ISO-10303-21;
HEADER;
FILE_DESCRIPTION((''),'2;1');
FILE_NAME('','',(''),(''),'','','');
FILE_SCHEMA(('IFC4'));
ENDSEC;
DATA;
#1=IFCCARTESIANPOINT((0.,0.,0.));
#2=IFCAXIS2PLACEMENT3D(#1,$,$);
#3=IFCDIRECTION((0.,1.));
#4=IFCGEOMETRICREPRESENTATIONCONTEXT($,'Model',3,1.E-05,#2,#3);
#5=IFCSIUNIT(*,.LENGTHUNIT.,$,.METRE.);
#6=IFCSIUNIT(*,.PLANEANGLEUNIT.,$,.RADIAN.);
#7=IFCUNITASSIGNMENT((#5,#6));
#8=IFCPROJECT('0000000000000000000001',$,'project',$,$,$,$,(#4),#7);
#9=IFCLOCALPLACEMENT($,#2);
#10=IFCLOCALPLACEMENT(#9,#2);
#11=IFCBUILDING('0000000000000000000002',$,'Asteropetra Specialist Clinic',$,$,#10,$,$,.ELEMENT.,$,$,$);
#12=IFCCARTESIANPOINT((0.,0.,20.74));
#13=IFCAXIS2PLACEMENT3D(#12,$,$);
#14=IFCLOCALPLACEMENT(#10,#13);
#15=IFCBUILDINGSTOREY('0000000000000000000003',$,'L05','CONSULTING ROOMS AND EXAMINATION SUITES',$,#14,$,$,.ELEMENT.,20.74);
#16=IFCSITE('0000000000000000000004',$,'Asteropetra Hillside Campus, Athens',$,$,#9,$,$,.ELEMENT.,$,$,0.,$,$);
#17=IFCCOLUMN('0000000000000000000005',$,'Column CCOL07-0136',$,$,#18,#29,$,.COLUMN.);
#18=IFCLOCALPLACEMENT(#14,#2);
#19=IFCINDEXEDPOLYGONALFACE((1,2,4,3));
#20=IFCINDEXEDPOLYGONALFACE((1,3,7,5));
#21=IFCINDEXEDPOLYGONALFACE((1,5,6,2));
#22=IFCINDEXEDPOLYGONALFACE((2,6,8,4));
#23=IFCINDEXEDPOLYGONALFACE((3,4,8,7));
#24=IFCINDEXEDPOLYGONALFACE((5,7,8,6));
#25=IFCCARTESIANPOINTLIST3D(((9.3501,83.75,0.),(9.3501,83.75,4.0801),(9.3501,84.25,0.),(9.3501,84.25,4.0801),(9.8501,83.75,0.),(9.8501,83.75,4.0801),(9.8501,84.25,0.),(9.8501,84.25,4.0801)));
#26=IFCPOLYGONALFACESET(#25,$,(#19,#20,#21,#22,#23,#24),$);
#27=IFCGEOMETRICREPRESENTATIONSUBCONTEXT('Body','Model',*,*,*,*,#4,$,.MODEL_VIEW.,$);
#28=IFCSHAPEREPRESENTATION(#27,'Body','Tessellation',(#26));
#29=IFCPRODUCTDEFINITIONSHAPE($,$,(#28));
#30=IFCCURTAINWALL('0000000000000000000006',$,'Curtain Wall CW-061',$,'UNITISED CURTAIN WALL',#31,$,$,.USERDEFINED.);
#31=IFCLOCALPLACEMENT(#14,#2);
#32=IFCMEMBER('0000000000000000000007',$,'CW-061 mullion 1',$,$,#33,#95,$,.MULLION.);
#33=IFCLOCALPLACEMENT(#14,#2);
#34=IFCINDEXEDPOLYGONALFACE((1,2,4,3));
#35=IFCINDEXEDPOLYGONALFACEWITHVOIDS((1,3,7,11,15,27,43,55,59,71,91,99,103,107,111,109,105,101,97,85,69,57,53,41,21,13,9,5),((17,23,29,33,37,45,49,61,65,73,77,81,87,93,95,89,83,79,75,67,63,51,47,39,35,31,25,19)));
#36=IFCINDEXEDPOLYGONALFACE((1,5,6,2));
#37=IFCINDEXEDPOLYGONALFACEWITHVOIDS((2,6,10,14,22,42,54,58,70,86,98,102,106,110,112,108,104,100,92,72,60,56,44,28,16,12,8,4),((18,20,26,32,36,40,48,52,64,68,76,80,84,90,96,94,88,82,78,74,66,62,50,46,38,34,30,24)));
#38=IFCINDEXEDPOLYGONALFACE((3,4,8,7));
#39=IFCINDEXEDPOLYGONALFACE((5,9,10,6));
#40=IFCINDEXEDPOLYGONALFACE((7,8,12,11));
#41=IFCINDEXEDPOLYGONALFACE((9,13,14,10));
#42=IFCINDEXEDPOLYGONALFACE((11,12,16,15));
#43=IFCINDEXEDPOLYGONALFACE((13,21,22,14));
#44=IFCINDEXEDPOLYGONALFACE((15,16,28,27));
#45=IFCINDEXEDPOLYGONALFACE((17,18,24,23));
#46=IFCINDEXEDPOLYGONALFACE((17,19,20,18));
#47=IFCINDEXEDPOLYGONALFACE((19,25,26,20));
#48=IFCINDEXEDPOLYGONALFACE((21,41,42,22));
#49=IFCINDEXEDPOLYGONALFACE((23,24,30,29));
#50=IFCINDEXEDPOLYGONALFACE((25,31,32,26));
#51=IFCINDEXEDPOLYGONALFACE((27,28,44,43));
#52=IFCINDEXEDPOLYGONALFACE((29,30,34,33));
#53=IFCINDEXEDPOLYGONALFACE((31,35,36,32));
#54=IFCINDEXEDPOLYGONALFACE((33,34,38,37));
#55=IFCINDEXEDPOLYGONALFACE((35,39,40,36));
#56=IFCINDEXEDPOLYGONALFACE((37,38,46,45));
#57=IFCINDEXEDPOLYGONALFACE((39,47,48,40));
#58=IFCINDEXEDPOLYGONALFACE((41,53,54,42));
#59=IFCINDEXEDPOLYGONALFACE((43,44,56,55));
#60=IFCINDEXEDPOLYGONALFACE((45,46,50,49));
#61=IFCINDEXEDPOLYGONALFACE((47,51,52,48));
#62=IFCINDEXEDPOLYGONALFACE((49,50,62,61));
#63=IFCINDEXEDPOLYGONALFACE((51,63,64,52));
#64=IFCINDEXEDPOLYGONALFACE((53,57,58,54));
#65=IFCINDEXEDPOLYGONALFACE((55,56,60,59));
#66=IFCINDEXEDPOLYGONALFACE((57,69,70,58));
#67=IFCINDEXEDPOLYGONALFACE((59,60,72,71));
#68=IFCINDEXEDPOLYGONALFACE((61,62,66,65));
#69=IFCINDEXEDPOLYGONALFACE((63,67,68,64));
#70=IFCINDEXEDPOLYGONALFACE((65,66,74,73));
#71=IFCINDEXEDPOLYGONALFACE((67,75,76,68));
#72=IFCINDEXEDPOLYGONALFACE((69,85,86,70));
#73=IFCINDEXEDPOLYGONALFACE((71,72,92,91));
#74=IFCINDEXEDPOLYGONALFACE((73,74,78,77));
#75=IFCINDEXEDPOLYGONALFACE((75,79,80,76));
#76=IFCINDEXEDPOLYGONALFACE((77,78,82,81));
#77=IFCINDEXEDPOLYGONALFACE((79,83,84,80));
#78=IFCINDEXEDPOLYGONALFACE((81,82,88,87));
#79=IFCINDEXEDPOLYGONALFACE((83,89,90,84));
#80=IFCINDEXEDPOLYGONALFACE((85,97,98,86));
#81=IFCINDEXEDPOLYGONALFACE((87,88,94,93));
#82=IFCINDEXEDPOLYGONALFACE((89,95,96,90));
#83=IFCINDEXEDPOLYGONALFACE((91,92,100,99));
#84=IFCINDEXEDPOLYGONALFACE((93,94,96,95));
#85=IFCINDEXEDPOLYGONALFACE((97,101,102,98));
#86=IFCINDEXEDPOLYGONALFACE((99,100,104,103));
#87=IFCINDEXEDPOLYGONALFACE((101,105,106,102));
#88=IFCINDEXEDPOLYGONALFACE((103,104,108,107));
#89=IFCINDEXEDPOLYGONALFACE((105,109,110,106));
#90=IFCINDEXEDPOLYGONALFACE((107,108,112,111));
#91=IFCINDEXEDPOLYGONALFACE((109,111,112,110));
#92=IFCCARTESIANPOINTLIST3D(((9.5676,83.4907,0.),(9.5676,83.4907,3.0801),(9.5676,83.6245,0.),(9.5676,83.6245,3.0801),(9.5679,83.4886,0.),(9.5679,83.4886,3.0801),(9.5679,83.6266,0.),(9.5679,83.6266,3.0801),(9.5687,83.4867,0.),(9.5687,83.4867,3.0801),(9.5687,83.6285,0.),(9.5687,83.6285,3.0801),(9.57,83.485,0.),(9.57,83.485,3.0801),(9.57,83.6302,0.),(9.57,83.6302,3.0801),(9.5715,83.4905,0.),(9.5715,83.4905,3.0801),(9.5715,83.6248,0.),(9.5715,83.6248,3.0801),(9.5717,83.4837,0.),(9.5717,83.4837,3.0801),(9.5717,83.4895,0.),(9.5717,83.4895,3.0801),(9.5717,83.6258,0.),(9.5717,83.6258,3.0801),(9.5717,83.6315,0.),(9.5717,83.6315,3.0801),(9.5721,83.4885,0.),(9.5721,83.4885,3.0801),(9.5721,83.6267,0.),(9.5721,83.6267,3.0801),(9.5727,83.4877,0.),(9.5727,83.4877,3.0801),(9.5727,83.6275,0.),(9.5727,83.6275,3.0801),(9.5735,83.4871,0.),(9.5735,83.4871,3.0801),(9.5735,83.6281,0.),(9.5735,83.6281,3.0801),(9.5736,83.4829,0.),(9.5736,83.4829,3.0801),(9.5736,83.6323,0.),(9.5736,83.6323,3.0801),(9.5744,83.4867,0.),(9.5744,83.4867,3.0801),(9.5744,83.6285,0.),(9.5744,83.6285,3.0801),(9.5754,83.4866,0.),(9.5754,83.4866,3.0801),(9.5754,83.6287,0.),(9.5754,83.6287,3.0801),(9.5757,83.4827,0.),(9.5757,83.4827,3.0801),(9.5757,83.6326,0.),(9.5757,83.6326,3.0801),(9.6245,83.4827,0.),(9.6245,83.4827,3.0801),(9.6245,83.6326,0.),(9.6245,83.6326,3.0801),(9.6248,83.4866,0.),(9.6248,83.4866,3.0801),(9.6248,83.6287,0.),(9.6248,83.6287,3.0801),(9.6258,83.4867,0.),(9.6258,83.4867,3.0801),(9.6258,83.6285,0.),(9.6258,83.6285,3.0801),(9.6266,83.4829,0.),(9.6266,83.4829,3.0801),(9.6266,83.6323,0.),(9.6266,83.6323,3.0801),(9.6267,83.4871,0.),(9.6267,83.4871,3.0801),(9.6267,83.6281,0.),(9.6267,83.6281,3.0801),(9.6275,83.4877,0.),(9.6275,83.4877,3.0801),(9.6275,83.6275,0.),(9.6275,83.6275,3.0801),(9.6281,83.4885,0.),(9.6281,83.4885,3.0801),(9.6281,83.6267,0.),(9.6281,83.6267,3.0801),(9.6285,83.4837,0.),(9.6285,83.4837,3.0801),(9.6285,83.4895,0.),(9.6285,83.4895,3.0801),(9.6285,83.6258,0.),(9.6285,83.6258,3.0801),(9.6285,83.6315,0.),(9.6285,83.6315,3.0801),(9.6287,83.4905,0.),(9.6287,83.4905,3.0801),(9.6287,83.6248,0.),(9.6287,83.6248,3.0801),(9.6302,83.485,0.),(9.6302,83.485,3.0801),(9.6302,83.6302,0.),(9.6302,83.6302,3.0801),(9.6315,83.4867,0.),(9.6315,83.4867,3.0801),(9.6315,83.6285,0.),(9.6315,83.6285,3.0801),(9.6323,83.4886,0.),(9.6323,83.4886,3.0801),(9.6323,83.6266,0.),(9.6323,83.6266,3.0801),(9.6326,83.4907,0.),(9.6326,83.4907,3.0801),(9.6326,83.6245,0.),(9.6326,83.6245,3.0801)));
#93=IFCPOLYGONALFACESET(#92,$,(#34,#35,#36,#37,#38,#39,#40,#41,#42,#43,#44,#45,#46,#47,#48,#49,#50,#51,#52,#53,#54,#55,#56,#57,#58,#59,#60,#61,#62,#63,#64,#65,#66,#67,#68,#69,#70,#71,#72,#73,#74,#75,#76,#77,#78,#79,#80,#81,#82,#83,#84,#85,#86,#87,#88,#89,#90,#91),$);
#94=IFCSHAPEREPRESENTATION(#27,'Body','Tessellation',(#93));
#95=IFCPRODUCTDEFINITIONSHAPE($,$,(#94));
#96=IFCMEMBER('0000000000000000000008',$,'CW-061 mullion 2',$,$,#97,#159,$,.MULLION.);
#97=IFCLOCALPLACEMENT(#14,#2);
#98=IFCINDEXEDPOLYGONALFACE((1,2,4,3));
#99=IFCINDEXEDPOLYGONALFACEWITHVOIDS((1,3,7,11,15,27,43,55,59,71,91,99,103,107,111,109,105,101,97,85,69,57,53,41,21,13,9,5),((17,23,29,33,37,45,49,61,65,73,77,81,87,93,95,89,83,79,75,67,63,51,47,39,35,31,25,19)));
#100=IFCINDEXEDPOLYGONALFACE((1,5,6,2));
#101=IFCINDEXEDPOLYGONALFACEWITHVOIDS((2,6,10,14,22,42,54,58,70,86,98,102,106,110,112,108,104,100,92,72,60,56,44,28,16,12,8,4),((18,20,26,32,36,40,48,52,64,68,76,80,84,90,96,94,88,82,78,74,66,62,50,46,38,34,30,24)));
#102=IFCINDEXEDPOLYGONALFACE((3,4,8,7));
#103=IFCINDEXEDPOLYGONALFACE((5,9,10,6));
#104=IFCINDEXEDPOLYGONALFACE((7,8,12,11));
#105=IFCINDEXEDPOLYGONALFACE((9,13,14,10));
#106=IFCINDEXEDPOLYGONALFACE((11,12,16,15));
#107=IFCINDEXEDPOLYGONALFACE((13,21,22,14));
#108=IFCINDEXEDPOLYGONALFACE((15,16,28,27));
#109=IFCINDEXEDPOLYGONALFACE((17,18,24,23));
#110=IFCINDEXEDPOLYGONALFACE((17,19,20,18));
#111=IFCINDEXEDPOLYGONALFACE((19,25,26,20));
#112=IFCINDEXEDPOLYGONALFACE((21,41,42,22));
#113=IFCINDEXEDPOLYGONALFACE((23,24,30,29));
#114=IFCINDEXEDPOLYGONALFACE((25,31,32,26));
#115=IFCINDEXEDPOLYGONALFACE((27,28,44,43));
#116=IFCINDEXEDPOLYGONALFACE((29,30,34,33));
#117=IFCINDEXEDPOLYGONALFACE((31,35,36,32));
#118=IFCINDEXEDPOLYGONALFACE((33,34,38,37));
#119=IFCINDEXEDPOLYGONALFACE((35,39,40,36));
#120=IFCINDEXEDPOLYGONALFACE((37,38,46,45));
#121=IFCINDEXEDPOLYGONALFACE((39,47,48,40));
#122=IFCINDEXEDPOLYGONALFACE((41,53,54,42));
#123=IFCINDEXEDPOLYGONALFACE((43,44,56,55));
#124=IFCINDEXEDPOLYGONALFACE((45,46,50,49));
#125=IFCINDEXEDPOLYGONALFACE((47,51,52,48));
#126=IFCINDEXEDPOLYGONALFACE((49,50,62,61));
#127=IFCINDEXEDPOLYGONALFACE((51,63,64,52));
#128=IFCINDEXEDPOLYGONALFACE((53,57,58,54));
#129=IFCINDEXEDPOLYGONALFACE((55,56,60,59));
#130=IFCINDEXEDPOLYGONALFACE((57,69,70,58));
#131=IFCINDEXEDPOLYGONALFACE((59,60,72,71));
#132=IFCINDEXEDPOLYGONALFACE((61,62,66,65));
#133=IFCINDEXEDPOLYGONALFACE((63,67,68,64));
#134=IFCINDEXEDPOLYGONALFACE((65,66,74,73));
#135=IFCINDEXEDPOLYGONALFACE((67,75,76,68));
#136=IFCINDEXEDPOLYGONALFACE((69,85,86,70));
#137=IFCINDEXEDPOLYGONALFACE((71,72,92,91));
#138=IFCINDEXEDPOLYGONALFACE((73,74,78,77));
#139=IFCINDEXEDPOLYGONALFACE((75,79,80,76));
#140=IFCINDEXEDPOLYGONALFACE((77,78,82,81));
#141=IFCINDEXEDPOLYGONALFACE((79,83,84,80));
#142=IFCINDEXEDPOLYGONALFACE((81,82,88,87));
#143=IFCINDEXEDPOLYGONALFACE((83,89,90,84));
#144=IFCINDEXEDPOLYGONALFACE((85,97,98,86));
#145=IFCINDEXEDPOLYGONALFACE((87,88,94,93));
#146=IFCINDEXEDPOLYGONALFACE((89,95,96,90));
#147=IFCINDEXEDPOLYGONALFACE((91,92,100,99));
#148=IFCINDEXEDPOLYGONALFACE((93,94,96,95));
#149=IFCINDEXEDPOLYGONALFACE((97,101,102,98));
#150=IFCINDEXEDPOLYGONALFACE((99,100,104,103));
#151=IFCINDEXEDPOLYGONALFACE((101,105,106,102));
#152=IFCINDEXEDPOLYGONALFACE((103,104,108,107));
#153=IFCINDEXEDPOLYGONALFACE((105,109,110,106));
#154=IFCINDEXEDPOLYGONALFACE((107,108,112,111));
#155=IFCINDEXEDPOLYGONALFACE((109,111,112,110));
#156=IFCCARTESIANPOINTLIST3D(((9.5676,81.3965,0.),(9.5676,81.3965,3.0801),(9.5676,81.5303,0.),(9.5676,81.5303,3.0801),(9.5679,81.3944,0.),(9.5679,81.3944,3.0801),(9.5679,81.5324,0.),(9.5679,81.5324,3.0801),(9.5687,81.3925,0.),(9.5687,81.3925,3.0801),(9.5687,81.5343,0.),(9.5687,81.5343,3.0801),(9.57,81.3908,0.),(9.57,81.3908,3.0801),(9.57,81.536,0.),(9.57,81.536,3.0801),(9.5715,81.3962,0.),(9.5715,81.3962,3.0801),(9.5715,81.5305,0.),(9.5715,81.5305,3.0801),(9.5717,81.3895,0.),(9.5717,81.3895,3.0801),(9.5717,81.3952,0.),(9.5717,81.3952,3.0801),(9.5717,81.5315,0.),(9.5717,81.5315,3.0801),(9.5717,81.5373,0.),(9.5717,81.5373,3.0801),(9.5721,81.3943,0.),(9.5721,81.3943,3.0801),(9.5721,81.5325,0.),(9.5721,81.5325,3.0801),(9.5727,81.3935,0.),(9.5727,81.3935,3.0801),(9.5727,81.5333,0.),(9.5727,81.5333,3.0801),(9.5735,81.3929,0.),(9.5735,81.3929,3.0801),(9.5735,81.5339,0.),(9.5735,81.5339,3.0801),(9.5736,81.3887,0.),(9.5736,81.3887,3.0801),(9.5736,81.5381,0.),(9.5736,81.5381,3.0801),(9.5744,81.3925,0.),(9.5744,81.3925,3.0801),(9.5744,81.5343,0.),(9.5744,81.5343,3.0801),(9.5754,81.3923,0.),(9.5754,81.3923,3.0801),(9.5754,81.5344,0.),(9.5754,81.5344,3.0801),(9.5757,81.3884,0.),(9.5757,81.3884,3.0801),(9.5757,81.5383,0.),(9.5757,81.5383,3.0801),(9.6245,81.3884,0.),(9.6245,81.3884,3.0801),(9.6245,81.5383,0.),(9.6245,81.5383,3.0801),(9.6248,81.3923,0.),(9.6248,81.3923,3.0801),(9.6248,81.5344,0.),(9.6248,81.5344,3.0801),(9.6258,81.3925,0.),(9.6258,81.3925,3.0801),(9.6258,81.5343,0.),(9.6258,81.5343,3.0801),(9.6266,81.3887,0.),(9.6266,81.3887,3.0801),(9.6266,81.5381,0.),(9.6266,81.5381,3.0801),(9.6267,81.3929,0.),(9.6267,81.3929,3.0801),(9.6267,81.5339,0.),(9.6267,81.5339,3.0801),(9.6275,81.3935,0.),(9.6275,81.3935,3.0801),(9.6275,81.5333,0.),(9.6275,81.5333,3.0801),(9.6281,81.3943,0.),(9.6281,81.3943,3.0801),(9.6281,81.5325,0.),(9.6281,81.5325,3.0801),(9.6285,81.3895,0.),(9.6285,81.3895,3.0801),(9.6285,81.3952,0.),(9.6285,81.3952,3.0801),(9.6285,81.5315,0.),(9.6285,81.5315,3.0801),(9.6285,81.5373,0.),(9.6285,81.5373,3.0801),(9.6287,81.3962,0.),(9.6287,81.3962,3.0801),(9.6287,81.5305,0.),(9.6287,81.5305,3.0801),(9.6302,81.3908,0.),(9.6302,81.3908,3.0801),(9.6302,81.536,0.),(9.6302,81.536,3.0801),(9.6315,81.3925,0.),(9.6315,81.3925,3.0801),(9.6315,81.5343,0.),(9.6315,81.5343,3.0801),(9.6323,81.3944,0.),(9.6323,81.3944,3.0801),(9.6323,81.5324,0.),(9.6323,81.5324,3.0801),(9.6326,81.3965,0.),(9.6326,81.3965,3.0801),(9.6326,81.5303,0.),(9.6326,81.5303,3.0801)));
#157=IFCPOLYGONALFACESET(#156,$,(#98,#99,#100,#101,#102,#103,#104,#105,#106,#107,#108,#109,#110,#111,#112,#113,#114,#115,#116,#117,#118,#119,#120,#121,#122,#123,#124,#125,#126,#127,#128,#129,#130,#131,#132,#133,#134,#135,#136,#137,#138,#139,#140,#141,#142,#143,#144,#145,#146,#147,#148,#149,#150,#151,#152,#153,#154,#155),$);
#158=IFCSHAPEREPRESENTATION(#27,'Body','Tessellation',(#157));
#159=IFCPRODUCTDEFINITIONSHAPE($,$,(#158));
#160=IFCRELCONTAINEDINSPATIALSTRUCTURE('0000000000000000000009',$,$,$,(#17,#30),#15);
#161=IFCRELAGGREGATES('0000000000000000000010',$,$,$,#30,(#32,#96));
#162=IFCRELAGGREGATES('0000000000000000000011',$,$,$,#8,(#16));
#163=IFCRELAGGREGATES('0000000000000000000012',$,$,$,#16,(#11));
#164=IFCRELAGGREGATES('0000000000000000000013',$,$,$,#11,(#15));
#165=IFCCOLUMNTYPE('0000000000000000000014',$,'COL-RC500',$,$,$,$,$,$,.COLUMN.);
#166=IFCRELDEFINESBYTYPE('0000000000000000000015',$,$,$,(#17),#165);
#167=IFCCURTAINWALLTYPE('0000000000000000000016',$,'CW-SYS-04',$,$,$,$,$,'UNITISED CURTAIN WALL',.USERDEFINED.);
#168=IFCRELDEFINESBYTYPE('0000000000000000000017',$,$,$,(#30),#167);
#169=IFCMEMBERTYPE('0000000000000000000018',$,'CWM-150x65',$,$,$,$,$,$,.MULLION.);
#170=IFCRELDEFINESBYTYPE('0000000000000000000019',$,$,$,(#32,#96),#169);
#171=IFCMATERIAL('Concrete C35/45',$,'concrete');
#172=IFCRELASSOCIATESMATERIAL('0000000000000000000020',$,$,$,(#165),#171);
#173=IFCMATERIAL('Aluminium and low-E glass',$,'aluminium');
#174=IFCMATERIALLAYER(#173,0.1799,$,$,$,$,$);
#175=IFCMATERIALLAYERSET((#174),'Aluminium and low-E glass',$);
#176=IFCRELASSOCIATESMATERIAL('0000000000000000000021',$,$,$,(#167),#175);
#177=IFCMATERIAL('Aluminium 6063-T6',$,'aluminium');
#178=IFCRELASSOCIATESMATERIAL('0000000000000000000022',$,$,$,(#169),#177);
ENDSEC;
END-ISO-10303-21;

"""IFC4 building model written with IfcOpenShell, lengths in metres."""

from ifc_helpers import new_model, si_unit, direction, frame, origin, origin_2d, place, context, subcontext, project, spatial, rectangle, hollow_rectangle, extrude, material, layer, layer_set, material_profile, profile_set, type_object, element, aggregate, save


model = new_model("IFC4")

# Units and contexts
model_context = context("Model", 3, precision=1e-05, world=origin(), true_north=direction((0.0, 1.0)))
body_context = subcontext(model_context, "Body", "Model", "MODEL_VIEW")
ifc_project = project(units=[si_unit("LENGTHUNIT", "METRE"), si_unit("PLANEANGLEUNIT", "RADIAN")], contexts=[model_context])

# Site, building, storey
site_placement = place(None, origin())
site = spatial("IfcSite", under=ifc_project, at=site_placement, Name="Asteropetra Hillside Campus, Athens", CompositionType="ELEMENT", RefElevation=0.0)
building_placement = place(site_placement, origin())
building = spatial("IfcBuilding", under=site, at=building_placement, Name="Asteropetra Specialist Clinic", CompositionType="ELEMENT")
storey_placement = place(building_placement, frame((0.0, 0.0, 20.74)))
storey = spatial("IfcBuildingStorey", under=building, at=storey_placement, Name="L05", Description="CONSULTING ROOMS AND EXAMINATION SUITES", CompositionType="ELEMENT", Elevation=20.74)

# Column
ifc_material_1 = material(Name="Concrete C35/45", Category="concrete")
ifc_material_profile_1 = material_profile(ifc_material_1, rectangle(XDim=0.5, YDim=0.5, at=origin_2d()), Name="RC 500x500")
ifc_profile_set_1 = profile_set([ifc_material_profile_1], Name="Concrete C35/45")
column_type = type_object("IfcColumnType", Name="COL-RC500", PredefinedType="COLUMN", material=ifc_profile_set_1)
column_placement = place(storey_placement, frame((9.6001, 84.0, 0.0), z_axis=(0.0, 0.0, 1.0), x_axis=(1.0, 0.0, 0.0)))
element("IfcColumn", 1, at=column_placement, inside=storey, type_object=column_type, Name="Column CCOL07-0136", PredefinedType="COLUMN", context=body_context, shape_type="SweptSolid", body=[
    extrude(rectangle(XDim=0.5, YDim=0.5, at=origin_2d()), origin(), (0.0, 0.0, 1.0), 4.0801),
])

# Curtain wall, members
ifc_material_2 = material(Name="Aluminium and low-E glass", Category="aluminium")
ifc_layer_1 = layer(ifc_material_2, 0.1799)
ifc_layer_set_1 = layer_set([ifc_layer_1], Name="Aluminium and low-E glass")
curtain_wall_type_1 = type_object("IfcCurtainWallType", Name="CW-SYS-04", ElementType="UNITISED CURTAIN WALL", PredefinedType="USERDEFINED", material=ifc_layer_set_1)
curtain_wall_1_placement = place(storey_placement, origin())
curtain_wall_1 = element("IfcCurtainWall", 2, at=curtain_wall_1_placement, inside=storey, type_object=curtain_wall_type_1, Name="Curtain Wall CW-061", ObjectType="UNITISED CURTAIN WALL", PredefinedType="USERDEFINED")
ifc_material_3 = material(Name="Aluminium 6063-T6", Category="aluminium")
ifc_material_profile_2 = material_profile(ifc_material_3, hollow_rectangle(XDim=0.0649, YDim=0.1499, WallThickness=0.0039, InnerFilletRadius=0.0039, OuterFilletRadius=0.0081, at=origin_2d()), Name="MUL 150x65x4.0")
ifc_profile_set_2 = profile_set([ifc_material_profile_2], Name="Aluminium 6063-T6")
member_type_1 = type_object("IfcMemberType", Name="CWM-150x65", PredefinedType="MULLION", material=ifc_profile_set_2)
member_1_placement = place(storey_placement, frame((9.6001, 83.5576, 0.0), z_axis=(0.0, 0.0, 1.0), x_axis=(1.0, 0.0, 0.0)))
member_1 = element("IfcMember", 3, at=member_1_placement, type_object=member_type_1, Name="CW-061 mullion 1", PredefinedType="MULLION", context=body_context, shape_type="SweptSolid", body=[
    extrude(hollow_rectangle(XDim=0.0649, YDim=0.1499, WallThickness=0.0039, InnerFilletRadius=0.0039, OuterFilletRadius=0.0081, at=origin_2d()), origin(), (0.0, 0.0, 1.0), 3.0801),
])
member_2_placement = place(storey_placement, frame((9.6001, 81.4634, 0.0), z_axis=(0.0, 0.0, 1.0), x_axis=(1.0, 0.0, 0.0)))
member_2 = element("IfcMember", 4, at=member_2_placement, type_object=member_type_1, Name="CW-061 mullion 2", PredefinedType="MULLION", context=body_context, shape_type="SweptSolid", body=[
    extrude(hollow_rectangle(XDim=0.0649, YDim=0.1499, WallThickness=0.0039, InnerFilletRadius=0.0039, OuterFilletRadius=0.0081, at=origin_2d()), origin(), (0.0, 0.0, 1.0), 3.0801),
])

aggregate(curtain_wall_1, [member_1, member_2])

save(model, "model.ifc")
